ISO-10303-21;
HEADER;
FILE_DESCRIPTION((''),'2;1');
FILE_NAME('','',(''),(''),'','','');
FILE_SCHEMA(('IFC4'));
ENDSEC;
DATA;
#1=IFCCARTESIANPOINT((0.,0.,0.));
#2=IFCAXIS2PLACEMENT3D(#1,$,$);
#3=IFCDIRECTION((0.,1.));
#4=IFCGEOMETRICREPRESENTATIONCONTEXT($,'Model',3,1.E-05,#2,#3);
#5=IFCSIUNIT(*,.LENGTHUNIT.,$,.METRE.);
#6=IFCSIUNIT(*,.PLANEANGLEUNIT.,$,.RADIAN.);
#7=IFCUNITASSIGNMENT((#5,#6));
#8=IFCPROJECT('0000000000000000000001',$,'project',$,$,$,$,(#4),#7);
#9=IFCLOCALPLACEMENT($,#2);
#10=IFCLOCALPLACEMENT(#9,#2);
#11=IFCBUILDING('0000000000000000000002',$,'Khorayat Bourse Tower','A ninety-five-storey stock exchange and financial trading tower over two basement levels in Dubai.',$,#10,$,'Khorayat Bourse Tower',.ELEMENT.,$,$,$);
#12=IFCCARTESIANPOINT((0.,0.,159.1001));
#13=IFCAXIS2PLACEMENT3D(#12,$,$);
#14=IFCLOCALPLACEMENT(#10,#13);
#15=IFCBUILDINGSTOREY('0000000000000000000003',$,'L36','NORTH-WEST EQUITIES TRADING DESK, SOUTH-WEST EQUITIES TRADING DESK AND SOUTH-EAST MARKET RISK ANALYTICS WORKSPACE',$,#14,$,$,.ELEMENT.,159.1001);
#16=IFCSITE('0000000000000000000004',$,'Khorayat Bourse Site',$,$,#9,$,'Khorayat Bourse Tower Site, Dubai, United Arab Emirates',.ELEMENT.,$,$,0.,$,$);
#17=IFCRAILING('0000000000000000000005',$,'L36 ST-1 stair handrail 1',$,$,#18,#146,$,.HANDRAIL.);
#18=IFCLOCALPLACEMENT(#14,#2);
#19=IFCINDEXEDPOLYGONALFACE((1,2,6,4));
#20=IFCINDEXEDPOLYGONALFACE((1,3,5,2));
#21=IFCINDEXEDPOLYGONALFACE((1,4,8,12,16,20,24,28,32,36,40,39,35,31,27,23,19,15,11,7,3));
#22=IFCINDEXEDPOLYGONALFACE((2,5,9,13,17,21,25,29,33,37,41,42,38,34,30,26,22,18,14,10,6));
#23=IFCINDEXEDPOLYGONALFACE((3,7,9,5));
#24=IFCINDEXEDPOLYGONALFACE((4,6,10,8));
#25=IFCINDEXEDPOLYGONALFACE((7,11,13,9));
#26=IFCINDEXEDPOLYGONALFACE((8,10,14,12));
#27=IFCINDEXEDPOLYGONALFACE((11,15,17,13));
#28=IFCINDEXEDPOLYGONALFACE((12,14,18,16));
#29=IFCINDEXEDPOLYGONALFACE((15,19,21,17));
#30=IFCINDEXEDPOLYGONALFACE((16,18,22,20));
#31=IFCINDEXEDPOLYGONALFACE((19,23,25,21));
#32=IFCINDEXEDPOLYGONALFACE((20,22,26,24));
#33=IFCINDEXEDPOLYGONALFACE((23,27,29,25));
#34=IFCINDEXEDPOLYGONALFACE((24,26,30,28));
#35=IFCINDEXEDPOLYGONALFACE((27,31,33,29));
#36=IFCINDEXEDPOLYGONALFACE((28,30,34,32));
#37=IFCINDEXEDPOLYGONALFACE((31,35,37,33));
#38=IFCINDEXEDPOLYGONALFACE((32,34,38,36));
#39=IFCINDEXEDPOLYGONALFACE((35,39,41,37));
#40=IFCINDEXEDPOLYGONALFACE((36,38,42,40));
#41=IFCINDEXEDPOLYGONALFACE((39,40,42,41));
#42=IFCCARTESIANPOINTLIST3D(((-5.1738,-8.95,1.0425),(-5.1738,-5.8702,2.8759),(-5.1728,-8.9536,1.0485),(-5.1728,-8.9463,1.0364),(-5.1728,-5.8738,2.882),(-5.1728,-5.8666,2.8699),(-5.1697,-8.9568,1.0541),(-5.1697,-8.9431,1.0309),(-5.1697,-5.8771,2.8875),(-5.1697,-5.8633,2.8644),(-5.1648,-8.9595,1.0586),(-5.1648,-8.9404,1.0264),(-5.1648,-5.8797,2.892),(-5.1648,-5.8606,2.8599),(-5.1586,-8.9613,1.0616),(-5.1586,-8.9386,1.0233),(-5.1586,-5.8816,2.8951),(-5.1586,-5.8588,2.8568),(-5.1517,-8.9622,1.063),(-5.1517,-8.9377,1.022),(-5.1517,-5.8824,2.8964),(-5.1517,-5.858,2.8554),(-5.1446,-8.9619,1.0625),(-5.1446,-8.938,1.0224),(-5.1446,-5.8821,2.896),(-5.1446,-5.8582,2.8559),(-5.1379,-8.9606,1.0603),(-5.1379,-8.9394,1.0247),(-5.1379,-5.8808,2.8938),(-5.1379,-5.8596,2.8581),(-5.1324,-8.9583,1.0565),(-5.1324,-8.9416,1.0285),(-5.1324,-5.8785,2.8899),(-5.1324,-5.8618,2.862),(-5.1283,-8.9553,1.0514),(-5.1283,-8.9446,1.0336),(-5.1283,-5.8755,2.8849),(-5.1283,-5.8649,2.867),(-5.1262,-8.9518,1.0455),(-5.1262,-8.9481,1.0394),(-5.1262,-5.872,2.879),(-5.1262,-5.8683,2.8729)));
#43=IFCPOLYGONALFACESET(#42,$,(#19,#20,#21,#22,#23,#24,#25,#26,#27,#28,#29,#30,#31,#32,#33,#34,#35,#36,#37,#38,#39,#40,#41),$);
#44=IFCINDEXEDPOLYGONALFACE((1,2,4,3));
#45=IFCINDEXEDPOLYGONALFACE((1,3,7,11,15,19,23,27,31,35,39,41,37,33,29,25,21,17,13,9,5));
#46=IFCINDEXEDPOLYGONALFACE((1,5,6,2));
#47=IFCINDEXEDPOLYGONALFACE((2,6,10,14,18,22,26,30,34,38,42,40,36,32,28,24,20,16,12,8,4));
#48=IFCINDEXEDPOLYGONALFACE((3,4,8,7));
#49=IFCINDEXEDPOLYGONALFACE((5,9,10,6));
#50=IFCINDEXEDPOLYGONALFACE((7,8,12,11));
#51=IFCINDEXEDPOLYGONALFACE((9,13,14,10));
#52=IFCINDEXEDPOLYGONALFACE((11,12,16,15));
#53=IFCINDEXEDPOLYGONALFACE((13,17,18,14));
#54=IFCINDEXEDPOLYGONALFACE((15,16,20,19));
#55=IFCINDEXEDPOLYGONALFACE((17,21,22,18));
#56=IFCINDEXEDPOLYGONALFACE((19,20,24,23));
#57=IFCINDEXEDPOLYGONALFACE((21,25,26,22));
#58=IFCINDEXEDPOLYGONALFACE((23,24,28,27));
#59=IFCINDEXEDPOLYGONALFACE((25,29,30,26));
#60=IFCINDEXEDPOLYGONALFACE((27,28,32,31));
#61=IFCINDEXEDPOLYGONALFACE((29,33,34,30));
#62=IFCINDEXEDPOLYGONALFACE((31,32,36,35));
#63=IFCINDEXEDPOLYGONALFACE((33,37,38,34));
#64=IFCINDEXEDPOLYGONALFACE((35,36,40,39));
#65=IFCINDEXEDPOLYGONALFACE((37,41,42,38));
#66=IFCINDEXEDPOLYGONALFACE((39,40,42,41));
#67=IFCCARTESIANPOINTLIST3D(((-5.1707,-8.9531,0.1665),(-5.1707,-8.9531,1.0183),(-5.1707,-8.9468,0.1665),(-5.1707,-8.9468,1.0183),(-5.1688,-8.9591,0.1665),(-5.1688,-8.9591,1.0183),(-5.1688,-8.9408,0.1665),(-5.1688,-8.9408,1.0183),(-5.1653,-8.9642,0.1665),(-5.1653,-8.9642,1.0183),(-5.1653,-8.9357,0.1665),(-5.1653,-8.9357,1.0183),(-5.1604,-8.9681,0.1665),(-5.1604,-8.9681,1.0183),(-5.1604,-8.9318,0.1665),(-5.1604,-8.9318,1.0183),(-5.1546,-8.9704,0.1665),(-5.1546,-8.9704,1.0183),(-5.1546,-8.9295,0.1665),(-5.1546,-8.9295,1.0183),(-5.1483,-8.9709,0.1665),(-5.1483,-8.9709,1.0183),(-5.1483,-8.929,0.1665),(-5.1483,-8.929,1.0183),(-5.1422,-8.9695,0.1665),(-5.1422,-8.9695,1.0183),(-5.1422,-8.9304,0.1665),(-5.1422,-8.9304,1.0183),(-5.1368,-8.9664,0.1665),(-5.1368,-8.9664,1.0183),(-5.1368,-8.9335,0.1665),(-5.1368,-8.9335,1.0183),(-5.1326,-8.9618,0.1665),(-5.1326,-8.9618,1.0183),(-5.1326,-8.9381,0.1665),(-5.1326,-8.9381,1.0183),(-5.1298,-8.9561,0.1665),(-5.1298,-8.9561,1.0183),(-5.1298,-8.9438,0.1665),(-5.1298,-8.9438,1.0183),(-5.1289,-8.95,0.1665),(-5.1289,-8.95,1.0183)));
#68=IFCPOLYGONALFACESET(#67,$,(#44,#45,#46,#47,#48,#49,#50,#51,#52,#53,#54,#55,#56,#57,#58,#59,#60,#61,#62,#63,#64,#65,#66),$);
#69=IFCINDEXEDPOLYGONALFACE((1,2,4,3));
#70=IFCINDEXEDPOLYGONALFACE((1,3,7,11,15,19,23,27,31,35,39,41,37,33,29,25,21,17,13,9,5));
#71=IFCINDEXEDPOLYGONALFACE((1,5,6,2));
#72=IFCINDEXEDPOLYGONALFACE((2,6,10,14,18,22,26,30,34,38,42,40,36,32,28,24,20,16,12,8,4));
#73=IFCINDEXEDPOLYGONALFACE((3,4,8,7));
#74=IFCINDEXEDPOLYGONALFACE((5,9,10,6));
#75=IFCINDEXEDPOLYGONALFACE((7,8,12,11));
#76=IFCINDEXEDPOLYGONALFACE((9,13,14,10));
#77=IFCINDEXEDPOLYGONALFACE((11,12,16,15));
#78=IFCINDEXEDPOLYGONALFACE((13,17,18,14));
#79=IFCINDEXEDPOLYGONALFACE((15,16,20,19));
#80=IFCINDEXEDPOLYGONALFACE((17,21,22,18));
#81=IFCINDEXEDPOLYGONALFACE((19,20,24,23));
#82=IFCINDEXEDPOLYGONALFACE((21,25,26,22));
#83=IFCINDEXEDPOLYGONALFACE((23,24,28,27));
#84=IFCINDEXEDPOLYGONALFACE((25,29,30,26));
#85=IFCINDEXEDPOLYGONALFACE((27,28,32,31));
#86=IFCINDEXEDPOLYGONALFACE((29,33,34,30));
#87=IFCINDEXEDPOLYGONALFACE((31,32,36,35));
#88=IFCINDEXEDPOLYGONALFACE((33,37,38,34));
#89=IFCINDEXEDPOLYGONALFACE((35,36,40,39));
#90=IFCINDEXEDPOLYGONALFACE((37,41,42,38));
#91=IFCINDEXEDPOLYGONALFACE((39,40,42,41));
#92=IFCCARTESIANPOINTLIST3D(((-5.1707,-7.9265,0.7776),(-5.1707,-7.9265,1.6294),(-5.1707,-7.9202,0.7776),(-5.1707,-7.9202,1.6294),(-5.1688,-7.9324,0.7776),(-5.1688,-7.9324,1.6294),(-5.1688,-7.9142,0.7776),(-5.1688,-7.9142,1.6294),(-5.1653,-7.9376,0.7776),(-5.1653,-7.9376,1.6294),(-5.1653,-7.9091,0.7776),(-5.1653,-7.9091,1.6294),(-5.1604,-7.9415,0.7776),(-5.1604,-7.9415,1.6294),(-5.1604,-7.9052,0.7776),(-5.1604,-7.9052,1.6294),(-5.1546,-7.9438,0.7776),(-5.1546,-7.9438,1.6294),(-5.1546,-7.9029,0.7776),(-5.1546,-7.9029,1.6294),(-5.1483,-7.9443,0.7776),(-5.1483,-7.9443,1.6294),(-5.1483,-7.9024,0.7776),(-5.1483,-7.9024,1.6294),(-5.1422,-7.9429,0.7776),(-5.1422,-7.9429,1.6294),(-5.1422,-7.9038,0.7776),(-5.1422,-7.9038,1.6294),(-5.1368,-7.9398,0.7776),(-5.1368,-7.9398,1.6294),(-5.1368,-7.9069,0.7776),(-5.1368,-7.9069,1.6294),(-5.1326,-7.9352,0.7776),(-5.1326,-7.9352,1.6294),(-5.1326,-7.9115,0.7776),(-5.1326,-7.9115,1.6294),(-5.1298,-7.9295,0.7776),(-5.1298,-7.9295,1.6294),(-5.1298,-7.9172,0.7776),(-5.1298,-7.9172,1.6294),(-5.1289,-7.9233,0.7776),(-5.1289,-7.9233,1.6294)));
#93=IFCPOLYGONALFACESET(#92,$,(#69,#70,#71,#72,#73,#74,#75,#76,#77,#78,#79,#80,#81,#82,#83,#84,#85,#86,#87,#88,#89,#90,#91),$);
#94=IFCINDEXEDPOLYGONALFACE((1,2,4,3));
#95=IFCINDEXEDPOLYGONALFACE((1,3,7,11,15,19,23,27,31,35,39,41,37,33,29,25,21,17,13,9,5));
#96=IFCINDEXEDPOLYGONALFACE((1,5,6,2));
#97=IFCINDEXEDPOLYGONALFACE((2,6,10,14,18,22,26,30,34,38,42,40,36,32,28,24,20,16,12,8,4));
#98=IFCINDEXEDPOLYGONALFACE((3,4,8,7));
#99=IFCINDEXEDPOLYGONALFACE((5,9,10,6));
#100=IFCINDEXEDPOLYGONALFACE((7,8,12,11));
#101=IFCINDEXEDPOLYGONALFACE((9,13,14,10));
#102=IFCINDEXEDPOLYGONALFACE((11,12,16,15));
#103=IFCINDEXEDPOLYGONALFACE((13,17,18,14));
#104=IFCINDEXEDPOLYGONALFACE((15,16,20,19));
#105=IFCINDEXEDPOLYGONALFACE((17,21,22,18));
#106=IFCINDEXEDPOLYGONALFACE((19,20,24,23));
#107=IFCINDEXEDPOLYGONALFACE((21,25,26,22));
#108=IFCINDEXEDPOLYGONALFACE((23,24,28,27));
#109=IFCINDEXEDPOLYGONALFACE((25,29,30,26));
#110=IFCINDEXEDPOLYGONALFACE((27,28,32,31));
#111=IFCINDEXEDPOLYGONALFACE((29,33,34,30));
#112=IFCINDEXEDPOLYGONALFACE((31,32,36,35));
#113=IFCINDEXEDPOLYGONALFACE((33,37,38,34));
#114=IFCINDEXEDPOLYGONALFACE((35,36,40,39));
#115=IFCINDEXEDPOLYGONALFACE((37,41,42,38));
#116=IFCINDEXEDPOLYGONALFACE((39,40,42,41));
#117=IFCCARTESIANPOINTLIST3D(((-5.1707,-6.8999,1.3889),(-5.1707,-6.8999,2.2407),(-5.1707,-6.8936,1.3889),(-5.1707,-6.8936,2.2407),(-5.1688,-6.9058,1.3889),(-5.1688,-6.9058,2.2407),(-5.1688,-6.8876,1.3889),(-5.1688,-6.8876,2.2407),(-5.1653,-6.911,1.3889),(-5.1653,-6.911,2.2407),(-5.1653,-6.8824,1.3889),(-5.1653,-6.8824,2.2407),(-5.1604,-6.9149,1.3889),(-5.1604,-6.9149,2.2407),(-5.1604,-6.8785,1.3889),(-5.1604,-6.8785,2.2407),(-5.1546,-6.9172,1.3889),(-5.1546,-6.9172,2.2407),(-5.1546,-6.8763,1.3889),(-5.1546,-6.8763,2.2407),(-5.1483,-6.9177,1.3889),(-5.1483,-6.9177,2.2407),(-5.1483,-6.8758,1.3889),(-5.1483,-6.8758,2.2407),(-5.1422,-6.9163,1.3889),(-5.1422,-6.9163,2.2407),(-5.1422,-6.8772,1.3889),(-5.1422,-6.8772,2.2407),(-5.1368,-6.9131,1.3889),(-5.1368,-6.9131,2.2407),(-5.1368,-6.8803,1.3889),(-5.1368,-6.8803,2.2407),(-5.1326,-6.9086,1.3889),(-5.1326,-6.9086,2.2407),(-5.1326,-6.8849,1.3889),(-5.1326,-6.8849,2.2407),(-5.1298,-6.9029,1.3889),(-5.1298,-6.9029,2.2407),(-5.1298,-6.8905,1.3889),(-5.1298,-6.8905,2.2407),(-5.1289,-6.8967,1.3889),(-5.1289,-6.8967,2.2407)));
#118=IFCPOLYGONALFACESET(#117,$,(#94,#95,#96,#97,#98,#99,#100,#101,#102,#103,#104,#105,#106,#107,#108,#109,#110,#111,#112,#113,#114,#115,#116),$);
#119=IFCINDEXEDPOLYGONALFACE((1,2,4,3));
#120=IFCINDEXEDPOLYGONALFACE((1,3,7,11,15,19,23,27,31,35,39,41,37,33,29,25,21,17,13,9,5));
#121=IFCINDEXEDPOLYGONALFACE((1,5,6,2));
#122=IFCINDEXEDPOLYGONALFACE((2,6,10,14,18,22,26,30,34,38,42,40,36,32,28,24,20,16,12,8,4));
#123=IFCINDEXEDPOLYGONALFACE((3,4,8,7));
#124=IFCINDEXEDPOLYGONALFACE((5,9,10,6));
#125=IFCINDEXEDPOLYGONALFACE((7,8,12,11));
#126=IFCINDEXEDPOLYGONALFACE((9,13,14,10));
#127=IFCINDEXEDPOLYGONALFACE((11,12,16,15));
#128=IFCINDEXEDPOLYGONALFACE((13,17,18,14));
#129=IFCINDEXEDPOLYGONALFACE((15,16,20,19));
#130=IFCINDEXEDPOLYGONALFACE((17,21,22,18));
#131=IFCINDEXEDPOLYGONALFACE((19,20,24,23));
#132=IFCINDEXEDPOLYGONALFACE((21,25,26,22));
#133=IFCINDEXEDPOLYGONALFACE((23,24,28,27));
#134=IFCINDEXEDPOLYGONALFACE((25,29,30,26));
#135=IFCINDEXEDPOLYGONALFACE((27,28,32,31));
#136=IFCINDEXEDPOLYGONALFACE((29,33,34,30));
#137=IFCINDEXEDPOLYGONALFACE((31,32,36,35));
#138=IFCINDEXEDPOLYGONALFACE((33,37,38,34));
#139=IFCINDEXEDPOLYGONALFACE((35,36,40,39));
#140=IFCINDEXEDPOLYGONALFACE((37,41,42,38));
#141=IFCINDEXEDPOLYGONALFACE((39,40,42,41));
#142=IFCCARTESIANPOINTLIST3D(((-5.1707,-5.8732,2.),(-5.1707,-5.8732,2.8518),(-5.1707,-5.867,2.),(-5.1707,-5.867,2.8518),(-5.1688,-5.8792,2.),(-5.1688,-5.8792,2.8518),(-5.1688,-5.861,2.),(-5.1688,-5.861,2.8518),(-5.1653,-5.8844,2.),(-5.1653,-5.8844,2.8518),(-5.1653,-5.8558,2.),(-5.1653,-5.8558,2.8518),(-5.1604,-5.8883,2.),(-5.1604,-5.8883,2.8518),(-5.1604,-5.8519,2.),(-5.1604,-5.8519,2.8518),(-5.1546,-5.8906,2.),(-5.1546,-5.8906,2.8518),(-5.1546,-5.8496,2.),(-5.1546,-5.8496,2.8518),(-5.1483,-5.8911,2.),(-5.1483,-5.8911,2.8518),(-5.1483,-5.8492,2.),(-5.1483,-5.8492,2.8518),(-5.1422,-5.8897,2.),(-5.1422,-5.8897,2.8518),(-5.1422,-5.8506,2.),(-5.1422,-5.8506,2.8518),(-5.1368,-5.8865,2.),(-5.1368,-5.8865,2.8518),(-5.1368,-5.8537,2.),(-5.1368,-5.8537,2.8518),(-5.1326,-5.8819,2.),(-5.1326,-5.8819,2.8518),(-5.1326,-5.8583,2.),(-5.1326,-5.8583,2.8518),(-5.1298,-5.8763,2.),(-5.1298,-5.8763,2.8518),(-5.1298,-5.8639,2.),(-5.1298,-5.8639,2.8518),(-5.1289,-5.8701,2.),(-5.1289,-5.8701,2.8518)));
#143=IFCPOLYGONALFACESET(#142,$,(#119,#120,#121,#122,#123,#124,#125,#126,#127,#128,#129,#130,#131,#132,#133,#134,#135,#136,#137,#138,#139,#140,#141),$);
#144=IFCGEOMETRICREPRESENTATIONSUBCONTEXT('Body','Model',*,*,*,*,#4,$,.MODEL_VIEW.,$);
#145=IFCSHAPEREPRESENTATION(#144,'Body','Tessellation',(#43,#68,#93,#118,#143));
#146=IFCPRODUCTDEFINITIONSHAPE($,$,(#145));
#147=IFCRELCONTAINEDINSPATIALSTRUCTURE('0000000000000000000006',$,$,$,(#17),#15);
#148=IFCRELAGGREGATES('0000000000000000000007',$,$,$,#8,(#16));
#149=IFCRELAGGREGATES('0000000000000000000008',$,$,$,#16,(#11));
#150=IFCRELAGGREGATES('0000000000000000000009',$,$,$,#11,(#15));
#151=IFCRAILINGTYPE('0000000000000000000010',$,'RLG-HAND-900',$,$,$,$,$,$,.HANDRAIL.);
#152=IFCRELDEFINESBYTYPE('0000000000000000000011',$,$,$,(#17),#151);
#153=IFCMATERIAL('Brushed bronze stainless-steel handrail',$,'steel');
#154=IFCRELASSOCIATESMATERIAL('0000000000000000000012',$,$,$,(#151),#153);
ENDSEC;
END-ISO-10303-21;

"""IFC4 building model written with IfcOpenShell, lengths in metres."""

from ifc_helpers import new_model, si_unit, direction, frame, origin, origin_2d, place, context, subcontext, project, spatial, circle, extrude, source, transform, mapped, material, type_object, element, save


model = new_model("IFC4")

# Units and contexts
model_context = context("Model", 3, precision=1e-05, world=origin(), true_north=direction((0.0, 1.0)))
body_context = subcontext(model_context, "Body", "Model", "MODEL_VIEW")
ifc_project = project(units=[si_unit("LENGTHUNIT", "METRE"), si_unit("PLANEANGLEUNIT", "RADIAN")], contexts=[model_context])

# Site, building, storey
site_placement = place(None, origin())
site = spatial("IfcSite", under=ifc_project, at=site_placement, Name="Khorayat Bourse Site", LongName="Khorayat Bourse Tower Site, Dubai, United Arab Emirates", CompositionType="ELEMENT", RefElevation=0.0)
building_placement = place(site_placement, origin())
building = spatial("IfcBuilding", under=site, at=building_placement, Name="Khorayat Bourse Tower", Description="A ninety-five-storey stock exchange and financial trading tower over two basement levels in Dubai.", LongName="Khorayat Bourse Tower", CompositionType="ELEMENT")
storey_placement = place(building_placement, frame((0.0, 0.0, 159.1001)))
storey = spatial("IfcBuildingStorey", under=building, at=storey_placement, Name="L36", Description="NORTH-WEST EQUITIES TRADING DESK, SOUTH-WEST EQUITIES TRADING DESK AND SOUTH-EAST MARKET RISK ANALYTICS WORKSPACE", CompositionType="ELEMENT", Elevation=159.1001)

# Railing
ifc_material_1 = material(Name="Brushed bronze stainless-steel handrail", Category="steel")
railing_type_1 = type_object("IfcRailingType", Name="RLG-HAND-900", PredefinedType="HANDRAIL", material=ifc_material_1)
shared_shape_1 = source(origin(), body_context, "Body", "SweptSolid", [
    extrude(circle(Radius=0.0239, at=origin_2d()), frame((0.0, 0.0, 0.876), z_axis=(0.0, 0.859261, 0.511538), x_axis=(-1.0, 0.0, 0.0)), (0.0, 0.0, 1.0), 3.5842),
    extrude(circle(Radius=0.021, at=origin_2d()), origin(), (0.0, 0.0, 1.0), 0.8518),
    extrude(circle(Radius=0.021, at=origin_2d()), frame((0.0, 1.0266, 0.6111)), (0.0, 0.0, 1.0), 0.8518),
    extrude(circle(Radius=0.021, at=origin_2d()), frame((0.0, 2.0532, 1.2224)), (0.0, 0.0, 1.0), 0.8518),
    extrude(circle(Radius=0.021, at=origin_2d()), frame((0.0, 3.0798, 1.8335)), (0.0, 0.0, 1.0), 0.8518),
])
railing_1_placement = place(storey_placement, frame((-5.1499, -8.95, 0.1665)))
element("IfcRailing", 1, at=railing_1_placement, inside=storey, type_object=railing_type_1, Name="L36 ST-1 stair handrail 1", PredefinedType="HANDRAIL", context=body_context, shape_type="MappedRepresentation", body=[
    mapped(shared_shape_1, transform((0.0, 0.0, 0.0), scale=1.0)),
])

save(model, "model.ifc")
